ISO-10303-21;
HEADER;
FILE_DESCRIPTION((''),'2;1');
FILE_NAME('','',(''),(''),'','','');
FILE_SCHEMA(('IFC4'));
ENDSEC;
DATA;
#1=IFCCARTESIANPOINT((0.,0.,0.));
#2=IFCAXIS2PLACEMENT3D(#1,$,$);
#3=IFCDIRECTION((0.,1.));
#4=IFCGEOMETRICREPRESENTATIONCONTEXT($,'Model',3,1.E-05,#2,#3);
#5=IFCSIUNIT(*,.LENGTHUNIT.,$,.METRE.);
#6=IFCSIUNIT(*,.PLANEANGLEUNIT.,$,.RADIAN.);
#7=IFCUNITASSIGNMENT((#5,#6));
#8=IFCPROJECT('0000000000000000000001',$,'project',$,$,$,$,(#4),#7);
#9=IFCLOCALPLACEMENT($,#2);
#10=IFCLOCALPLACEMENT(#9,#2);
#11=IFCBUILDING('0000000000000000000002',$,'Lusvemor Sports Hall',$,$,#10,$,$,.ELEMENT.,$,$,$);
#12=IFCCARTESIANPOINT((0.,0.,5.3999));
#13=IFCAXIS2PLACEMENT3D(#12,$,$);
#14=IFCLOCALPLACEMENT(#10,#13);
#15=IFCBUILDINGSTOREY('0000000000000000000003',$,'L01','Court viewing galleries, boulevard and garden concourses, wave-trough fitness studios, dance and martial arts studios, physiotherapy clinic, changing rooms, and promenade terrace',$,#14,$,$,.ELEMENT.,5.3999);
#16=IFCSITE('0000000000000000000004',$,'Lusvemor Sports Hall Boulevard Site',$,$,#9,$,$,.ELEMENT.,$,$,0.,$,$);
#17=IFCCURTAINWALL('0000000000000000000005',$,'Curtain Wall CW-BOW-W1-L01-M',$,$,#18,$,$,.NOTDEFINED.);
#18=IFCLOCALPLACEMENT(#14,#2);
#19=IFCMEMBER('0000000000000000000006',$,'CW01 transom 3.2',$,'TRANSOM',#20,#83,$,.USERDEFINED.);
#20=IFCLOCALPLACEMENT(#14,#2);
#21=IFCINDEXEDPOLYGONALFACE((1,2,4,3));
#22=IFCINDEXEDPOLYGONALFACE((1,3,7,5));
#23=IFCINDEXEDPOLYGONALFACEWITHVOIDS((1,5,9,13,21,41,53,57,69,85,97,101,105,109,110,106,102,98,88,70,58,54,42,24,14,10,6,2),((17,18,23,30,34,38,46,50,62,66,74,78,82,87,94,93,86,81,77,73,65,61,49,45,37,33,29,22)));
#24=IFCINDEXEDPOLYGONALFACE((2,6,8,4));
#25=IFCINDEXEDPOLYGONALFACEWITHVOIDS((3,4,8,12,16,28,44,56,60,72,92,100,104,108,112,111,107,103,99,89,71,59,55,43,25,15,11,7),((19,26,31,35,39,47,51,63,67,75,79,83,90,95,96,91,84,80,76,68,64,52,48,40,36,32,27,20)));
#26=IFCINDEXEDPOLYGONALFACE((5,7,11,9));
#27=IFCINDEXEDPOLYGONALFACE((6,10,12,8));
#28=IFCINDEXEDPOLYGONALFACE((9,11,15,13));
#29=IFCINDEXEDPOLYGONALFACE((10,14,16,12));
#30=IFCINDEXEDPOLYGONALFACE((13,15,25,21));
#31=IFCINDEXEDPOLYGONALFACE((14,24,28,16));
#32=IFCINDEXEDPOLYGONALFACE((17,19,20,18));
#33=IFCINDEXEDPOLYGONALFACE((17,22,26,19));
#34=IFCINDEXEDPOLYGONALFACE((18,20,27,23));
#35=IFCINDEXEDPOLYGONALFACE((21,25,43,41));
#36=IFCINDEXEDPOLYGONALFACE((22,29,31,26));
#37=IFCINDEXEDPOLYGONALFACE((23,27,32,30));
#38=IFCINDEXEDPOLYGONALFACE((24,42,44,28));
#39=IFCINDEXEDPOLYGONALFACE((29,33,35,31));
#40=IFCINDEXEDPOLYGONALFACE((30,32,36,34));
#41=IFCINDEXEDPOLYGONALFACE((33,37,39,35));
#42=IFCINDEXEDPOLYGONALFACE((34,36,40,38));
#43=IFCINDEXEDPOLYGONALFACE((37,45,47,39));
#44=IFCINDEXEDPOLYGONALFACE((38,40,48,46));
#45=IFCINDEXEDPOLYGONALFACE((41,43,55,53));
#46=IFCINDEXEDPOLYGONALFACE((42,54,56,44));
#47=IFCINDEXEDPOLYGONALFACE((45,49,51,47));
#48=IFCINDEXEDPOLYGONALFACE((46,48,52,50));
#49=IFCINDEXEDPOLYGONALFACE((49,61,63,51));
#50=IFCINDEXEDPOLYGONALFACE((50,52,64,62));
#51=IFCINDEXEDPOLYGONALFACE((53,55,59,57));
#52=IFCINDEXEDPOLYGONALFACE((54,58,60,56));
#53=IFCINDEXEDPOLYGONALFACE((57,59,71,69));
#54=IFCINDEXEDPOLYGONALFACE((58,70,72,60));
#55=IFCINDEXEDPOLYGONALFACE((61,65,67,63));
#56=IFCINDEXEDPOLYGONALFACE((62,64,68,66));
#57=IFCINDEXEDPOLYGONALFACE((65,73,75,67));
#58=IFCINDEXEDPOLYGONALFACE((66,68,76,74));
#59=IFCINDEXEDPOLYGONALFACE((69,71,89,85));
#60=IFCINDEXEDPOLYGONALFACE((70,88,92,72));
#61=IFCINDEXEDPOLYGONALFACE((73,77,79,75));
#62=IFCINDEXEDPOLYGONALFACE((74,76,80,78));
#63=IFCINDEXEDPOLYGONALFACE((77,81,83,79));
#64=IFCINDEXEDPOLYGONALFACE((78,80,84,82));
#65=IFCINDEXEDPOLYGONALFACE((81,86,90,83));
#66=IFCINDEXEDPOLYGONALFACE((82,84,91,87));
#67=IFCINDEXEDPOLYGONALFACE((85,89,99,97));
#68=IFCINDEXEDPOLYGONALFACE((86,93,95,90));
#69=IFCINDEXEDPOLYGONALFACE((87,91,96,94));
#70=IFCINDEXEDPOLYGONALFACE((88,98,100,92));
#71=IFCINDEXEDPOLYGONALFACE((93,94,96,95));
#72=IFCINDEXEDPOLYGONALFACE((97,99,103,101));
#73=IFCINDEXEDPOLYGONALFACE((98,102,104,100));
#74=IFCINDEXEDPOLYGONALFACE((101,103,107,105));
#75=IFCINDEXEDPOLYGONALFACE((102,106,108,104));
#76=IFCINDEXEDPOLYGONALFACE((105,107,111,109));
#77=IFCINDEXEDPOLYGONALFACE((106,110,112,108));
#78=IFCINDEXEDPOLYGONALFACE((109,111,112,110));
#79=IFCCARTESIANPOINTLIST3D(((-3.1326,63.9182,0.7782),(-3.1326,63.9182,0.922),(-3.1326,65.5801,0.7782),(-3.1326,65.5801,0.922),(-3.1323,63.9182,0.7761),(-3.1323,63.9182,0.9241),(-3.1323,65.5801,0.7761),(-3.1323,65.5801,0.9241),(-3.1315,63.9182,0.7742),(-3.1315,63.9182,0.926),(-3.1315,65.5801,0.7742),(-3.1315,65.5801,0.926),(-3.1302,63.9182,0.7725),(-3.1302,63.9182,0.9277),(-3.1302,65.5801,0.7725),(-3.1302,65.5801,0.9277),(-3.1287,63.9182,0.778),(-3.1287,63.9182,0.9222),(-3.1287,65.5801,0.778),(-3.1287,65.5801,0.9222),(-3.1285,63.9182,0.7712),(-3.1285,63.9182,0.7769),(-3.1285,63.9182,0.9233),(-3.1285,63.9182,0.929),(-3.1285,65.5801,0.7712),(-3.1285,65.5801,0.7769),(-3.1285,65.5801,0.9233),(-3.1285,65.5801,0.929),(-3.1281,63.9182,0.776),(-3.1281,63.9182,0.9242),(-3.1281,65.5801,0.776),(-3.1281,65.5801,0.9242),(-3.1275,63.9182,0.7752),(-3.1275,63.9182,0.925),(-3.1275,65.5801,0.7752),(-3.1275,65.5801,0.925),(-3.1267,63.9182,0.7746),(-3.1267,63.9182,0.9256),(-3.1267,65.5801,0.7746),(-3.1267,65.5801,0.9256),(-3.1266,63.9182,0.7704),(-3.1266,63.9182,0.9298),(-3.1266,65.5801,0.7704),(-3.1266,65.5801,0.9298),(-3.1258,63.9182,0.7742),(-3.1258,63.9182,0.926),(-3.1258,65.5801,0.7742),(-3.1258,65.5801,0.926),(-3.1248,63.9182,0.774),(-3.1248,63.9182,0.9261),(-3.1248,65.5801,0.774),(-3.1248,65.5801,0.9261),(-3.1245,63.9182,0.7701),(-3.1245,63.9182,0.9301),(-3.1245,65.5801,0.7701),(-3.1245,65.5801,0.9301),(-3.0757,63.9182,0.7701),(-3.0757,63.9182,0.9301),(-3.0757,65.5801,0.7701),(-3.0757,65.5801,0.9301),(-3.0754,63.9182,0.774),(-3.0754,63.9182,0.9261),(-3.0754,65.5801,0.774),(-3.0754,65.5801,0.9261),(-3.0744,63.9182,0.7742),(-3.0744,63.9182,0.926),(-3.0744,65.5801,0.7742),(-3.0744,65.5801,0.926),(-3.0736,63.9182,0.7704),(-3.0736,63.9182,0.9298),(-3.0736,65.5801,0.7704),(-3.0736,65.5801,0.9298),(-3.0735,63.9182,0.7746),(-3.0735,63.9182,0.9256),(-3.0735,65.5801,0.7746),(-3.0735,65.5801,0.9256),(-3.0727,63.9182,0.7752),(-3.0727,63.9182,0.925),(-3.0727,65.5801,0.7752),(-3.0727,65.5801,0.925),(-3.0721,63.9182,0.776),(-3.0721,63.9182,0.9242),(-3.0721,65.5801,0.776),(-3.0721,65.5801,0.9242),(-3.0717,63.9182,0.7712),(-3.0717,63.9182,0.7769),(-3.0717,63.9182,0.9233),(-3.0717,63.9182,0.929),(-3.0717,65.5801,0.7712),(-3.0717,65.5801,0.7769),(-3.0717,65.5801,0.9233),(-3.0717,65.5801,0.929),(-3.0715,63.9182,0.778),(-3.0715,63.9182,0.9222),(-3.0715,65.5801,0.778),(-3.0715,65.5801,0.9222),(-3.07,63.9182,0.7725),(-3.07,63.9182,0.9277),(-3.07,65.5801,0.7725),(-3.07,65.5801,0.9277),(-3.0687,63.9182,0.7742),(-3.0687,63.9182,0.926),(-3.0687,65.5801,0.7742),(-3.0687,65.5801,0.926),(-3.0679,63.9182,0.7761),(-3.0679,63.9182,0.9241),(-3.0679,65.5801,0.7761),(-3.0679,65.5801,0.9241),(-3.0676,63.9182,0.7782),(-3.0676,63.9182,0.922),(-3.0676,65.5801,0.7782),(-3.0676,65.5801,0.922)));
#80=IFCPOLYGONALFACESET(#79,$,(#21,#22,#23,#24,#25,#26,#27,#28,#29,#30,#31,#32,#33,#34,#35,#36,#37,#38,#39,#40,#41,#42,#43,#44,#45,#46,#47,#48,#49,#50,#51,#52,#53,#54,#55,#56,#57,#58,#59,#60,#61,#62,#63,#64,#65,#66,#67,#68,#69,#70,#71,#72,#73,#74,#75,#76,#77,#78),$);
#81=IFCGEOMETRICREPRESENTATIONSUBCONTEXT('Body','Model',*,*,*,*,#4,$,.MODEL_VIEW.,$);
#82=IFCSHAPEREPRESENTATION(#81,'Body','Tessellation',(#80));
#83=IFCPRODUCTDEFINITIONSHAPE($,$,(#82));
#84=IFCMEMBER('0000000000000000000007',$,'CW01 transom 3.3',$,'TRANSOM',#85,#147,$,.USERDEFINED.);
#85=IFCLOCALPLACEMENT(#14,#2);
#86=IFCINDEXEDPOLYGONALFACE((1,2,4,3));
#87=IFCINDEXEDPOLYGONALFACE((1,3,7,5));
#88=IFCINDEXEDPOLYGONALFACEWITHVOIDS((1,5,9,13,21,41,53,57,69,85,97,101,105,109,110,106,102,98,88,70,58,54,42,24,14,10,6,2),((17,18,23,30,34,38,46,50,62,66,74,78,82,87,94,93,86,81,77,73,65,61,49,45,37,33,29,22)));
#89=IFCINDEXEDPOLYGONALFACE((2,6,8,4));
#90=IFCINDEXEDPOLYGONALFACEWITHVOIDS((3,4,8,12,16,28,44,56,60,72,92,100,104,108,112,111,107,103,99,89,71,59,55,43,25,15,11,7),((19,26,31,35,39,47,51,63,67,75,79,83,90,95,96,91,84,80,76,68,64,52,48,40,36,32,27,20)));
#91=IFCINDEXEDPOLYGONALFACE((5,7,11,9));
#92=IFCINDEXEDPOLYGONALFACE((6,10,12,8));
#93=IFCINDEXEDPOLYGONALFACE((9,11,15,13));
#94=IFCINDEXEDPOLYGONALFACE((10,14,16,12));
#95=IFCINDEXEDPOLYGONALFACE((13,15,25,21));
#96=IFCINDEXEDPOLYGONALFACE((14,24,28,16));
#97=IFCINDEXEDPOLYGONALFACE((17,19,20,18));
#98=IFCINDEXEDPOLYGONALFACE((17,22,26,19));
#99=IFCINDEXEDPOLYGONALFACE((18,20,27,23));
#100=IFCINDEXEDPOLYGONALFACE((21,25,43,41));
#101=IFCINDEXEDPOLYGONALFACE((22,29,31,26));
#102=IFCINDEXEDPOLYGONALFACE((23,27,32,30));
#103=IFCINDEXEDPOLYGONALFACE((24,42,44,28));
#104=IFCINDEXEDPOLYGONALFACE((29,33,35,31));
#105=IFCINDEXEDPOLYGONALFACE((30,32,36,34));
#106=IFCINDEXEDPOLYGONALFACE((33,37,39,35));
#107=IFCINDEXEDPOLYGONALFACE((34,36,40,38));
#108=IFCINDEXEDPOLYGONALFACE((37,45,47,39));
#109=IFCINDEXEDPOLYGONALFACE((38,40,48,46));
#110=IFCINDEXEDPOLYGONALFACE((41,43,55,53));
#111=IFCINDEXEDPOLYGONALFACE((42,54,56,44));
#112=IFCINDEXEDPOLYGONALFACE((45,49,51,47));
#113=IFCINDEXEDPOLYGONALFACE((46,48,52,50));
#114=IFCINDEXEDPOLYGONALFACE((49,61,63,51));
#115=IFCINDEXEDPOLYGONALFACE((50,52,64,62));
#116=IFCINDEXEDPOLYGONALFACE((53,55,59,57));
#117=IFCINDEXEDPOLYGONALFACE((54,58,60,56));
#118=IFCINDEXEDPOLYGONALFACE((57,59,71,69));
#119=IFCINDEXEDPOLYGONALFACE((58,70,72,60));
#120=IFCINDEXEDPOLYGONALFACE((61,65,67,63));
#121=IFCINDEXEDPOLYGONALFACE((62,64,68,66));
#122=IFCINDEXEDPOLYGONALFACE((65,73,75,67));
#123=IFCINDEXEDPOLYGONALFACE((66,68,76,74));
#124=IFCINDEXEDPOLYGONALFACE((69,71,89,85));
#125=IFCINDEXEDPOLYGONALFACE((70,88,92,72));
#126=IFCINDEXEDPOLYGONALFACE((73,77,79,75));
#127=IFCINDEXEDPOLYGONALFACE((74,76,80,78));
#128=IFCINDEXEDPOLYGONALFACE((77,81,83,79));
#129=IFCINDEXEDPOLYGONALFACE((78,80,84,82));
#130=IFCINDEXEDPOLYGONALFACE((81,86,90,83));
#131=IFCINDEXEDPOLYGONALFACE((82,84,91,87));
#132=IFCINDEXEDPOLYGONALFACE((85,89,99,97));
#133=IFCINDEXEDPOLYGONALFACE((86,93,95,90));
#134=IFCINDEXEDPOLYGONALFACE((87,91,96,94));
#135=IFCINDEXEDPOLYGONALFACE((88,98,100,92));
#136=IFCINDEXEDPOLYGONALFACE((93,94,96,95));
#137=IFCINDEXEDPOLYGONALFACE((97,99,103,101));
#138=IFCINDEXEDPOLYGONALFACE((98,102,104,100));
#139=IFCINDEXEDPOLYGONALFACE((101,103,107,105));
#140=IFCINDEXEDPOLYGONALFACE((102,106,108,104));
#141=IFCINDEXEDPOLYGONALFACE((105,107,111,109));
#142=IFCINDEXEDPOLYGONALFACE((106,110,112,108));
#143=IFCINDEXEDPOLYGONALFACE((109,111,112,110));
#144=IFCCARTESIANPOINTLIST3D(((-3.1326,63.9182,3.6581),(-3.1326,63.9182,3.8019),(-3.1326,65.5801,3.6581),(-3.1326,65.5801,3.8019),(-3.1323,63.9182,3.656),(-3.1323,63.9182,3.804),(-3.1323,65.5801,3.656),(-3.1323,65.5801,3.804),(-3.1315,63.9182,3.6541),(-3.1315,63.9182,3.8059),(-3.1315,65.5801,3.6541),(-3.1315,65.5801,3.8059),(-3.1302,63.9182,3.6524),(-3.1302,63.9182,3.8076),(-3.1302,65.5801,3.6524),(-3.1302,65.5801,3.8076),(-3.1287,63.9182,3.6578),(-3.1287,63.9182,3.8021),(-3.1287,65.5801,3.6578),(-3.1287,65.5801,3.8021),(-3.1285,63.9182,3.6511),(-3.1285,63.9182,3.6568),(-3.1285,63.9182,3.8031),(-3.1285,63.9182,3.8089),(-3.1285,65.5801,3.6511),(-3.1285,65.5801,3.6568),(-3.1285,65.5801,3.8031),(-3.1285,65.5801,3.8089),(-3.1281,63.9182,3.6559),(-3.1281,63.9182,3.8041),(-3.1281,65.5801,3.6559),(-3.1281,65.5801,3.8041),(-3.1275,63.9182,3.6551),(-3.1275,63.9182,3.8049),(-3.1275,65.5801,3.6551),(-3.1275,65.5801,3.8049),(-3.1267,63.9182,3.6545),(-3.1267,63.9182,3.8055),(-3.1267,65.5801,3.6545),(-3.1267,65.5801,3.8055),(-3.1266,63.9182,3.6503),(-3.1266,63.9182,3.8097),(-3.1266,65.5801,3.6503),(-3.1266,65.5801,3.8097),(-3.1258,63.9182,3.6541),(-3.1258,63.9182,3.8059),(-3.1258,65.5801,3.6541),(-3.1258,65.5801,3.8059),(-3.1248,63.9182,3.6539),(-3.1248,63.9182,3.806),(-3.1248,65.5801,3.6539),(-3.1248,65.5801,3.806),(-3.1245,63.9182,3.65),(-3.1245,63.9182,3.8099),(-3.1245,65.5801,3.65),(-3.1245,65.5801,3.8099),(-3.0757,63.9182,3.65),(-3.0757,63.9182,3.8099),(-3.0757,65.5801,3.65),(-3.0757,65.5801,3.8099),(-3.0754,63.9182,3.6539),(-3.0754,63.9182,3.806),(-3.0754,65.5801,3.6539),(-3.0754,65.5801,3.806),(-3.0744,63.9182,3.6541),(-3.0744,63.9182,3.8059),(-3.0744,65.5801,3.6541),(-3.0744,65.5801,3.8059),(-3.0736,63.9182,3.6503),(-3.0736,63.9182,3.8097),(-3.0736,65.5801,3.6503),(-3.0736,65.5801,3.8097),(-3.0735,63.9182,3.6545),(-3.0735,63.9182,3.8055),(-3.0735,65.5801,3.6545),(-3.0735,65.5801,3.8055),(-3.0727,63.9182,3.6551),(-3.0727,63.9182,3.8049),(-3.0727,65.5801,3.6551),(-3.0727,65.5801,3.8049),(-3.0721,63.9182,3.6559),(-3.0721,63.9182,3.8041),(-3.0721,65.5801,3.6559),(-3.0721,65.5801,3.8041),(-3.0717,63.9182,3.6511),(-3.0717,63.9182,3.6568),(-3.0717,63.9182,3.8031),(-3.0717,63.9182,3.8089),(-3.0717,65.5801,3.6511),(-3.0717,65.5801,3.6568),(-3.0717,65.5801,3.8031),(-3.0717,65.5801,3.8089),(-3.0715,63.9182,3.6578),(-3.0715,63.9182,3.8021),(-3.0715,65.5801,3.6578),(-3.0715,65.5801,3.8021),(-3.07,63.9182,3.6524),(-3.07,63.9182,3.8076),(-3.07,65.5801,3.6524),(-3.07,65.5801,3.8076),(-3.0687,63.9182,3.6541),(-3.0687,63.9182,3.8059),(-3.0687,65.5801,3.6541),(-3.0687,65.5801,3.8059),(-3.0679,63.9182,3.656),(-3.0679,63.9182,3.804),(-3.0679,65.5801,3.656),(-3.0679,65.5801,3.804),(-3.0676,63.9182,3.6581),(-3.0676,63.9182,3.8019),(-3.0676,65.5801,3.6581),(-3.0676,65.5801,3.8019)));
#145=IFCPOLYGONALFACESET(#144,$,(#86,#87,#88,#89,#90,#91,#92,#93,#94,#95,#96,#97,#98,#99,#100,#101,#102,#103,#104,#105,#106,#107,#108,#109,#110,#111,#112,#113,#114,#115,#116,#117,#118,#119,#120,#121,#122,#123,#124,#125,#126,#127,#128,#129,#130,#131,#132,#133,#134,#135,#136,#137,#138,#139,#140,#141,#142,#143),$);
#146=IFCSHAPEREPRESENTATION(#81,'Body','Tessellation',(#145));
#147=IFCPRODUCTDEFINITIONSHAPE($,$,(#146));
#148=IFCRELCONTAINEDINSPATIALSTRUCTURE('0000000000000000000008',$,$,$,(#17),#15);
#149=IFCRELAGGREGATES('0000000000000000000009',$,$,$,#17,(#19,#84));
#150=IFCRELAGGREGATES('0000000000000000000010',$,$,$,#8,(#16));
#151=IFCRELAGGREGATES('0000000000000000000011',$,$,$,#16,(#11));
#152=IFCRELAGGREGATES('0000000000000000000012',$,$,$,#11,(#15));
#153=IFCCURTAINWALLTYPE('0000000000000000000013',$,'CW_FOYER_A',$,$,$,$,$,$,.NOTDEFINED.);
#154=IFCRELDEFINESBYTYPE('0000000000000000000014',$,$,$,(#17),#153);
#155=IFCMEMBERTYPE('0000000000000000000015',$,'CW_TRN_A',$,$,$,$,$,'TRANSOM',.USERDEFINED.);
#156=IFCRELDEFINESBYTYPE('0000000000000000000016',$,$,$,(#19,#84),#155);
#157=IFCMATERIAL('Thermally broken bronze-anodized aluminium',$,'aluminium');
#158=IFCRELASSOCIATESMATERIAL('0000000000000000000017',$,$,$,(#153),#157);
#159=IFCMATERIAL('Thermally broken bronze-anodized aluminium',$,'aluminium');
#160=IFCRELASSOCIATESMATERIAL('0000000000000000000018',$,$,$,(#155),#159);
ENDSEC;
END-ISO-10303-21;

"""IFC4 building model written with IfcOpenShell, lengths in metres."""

from ifc_helpers import new_model, si_unit, direction, frame, origin, origin_2d, place, context, subcontext, project, spatial, hollow_rectangle, extrude, material, material_profile, profile_set, type_object, element, aggregate, save


model = new_model("IFC4")

# Units and contexts
model_context = context("Model", 3, precision=1e-05, world=origin(), true_north=direction((0.0, 1.0)))
body_context = subcontext(model_context, "Body", "Model", "MODEL_VIEW")
ifc_project = project(units=[si_unit("LENGTHUNIT", "METRE"), si_unit("PLANEANGLEUNIT", "RADIAN")], contexts=[model_context])

# Site, building, storey
site_placement = place(None, origin())
site = spatial("IfcSite", under=ifc_project, at=site_placement, Name="Lusvemor Sports Hall Boulevard Site", CompositionType="ELEMENT", RefElevation=0.0)
building_placement = place(site_placement, origin())
building = spatial("IfcBuilding", under=site, at=building_placement, Name="Lusvemor Sports Hall", CompositionType="ELEMENT")
storey_placement = place(building_placement, frame((0.0, 0.0, 5.3999)))
storey = spatial("IfcBuildingStorey", under=building, at=storey_placement, Name="L01", Description="Court viewing galleries, boulevard and garden concourses, wave-trough fitness studios, dance and martial arts studios, physiotherapy clinic, changing rooms, and promenade terrace", CompositionType="ELEMENT", Elevation=5.3999)

# Curtain wall, members
ifc_material_1 = material(Name="Thermally broken bronze-anodized aluminium", Category="aluminium")
curtain_wall_type = type_object("IfcCurtainWallType", Name="CW_FOYER_A", PredefinedType="NOTDEFINED", material=ifc_material_1)
curtain_wall_placement = place(storey_placement, origin())
curtain_wall = element("IfcCurtainWall", 1, at=curtain_wall_placement, inside=storey, type_object=curtain_wall_type, Name="Curtain Wall CW-BOW-W1-L01-M", PredefinedType="NOTDEFINED")
ifc_material_2 = material(Name="Thermally broken bronze-anodized aluminium", Category="aluminium")
ifc_material_profile_1 = material_profile(ifc_material_2, hollow_rectangle(XDim=0.0649, YDim=0.1599, WallThickness=0.0039, InnerFilletRadius=0.0039, OuterFilletRadius=0.0081, at=origin_2d()), Name="CWTRN160x65x4")
ifc_profile_set_1 = profile_set([ifc_material_profile_1], Name="Thermally broken bronze-anodized aluminium")
member_type_1 = type_object("IfcMemberType", Name="CW_TRN_A", ElementType="TRANSOM", PredefinedType="USERDEFINED", material=ifc_profile_set_1)
member_1_placement = place(storey_placement, frame((-3.1001, 63.9182, 0.8501), z_axis=(0.0, 1.0, 0.0), x_axis=(-1.0, 0.0, 0.0)))
member_1 = element("IfcMember", 2, at=member_1_placement, type_object=member_type_1, Name="CW01 transom 3.2", ObjectType="TRANSOM", PredefinedType="USERDEFINED", context=body_context, shape_type="SweptSolid", body=[
    extrude(hollow_rectangle(XDim=0.0649, YDim=0.1599, WallThickness=0.0039, InnerFilletRadius=0.0039, OuterFilletRadius=0.0081, at=origin_2d()), origin(), (0.0, 0.0, 1.0), 1.6619),
])
member_2_placement = place(storey_placement, frame((-3.1001, 63.9182, 3.73), z_axis=(0.0, 1.0, 0.0), x_axis=(-1.0, 0.0, 0.0)))
member_2 = element("IfcMember", 3, at=member_2_placement, type_object=member_type_1, Name="CW01 transom 3.3", ObjectType="TRANSOM", PredefinedType="USERDEFINED", context=body_context, shape_type="SweptSolid", body=[
    extrude(hollow_rectangle(XDim=0.0649, YDim=0.1599, WallThickness=0.0039, InnerFilletRadius=0.0039, OuterFilletRadius=0.0081, at=origin_2d()), origin(), (0.0, 0.0, 1.0), 1.6619),
])

aggregate(curtain_wall, [member_1, member_2])

save(model, "model.ifc")
